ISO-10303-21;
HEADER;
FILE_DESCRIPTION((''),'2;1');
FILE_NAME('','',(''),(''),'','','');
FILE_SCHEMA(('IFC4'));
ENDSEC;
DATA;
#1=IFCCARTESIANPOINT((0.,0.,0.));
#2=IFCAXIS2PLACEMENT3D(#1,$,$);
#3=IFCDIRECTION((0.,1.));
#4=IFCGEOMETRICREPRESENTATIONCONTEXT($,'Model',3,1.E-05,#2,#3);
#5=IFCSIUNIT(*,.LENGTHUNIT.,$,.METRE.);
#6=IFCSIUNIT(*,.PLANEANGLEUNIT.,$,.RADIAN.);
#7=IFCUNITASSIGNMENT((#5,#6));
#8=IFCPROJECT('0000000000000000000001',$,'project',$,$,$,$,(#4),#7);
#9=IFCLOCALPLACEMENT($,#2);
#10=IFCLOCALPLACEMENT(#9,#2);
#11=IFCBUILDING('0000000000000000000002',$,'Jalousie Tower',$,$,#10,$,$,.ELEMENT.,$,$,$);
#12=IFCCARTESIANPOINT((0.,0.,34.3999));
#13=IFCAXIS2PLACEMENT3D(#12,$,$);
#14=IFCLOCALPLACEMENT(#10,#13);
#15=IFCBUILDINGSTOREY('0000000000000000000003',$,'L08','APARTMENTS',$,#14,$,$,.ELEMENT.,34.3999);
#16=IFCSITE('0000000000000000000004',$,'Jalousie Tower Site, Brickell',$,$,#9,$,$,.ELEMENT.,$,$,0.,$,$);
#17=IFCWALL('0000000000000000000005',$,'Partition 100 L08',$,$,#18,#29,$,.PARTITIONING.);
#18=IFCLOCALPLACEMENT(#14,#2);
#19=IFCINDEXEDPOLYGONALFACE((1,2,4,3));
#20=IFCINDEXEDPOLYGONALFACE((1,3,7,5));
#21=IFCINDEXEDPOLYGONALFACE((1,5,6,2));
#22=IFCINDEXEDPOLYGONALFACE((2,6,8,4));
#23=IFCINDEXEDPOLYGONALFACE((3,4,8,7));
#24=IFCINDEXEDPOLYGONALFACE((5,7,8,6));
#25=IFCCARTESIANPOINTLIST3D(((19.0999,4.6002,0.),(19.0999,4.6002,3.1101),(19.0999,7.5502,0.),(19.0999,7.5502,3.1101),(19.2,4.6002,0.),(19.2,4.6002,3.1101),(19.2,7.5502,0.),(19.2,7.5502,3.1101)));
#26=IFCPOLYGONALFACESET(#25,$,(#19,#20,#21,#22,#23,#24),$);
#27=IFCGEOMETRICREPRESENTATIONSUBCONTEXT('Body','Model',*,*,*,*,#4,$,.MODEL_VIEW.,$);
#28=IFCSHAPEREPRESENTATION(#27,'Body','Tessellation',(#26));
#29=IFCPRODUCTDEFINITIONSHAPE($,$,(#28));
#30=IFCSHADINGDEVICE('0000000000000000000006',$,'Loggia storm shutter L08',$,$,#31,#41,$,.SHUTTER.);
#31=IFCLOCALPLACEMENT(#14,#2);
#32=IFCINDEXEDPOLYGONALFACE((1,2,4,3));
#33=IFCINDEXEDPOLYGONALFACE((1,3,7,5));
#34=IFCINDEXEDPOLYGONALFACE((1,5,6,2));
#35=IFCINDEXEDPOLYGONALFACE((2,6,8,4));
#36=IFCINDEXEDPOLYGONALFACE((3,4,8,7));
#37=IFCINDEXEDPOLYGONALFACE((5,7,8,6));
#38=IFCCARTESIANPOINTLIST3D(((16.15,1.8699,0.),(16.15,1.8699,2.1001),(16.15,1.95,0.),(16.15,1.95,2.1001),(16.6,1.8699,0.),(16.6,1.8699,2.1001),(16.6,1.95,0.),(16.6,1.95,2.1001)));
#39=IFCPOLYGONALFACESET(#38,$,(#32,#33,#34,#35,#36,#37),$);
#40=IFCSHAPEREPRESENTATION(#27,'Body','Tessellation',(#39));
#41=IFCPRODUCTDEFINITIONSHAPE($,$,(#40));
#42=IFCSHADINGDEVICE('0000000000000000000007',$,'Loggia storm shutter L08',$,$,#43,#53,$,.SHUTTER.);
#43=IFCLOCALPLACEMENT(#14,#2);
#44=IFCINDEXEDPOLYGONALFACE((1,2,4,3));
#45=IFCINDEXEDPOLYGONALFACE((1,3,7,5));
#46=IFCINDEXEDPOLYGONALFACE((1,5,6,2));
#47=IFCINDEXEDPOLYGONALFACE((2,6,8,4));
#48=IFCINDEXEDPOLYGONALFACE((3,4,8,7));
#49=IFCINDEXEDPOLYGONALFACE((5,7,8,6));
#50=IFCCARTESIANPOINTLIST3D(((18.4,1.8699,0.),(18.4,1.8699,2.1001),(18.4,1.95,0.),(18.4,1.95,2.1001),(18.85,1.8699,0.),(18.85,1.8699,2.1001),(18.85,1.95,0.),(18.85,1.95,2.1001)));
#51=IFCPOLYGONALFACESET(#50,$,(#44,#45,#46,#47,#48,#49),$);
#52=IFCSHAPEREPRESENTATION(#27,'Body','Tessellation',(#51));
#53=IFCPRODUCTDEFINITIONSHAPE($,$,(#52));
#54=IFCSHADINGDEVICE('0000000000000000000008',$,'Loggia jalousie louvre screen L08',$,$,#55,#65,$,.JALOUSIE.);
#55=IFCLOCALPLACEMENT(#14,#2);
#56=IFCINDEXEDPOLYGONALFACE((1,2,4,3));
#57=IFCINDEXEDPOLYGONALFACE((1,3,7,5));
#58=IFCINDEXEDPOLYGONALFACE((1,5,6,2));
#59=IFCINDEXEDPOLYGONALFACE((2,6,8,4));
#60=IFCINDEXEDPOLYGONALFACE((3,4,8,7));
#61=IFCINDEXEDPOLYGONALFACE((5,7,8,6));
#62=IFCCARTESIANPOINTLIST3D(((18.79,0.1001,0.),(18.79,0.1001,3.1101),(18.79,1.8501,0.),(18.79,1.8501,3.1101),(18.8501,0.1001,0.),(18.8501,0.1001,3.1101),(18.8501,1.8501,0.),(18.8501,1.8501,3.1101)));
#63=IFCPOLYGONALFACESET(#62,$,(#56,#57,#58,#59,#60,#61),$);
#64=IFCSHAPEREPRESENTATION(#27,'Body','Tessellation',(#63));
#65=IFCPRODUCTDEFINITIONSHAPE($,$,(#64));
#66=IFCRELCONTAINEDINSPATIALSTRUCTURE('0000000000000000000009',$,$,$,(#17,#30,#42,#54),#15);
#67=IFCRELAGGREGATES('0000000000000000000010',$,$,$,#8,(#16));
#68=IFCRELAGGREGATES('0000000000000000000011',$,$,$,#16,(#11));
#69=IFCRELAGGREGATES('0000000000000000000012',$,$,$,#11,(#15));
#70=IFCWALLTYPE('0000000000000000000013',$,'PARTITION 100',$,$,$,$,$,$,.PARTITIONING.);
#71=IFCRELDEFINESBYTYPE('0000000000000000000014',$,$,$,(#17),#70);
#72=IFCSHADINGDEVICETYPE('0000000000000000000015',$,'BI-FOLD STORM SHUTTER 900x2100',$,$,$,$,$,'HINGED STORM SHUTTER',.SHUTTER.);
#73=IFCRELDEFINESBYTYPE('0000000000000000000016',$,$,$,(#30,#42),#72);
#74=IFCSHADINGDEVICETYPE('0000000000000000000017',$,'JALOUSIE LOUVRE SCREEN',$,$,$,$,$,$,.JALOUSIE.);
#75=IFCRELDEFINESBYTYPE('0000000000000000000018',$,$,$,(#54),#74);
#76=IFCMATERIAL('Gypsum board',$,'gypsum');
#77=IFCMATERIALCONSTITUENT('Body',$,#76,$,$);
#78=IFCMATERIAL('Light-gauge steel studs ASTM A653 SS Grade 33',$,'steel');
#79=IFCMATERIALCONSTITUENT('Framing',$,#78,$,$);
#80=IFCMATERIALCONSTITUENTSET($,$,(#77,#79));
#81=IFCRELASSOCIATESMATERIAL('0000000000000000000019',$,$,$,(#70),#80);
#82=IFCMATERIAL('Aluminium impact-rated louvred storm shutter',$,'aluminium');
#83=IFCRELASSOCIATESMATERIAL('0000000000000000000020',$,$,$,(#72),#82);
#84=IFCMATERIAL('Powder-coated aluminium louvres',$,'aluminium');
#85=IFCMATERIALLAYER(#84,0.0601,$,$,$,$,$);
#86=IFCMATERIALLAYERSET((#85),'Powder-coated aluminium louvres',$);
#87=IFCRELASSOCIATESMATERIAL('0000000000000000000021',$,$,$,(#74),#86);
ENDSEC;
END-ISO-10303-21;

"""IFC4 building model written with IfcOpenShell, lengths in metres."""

from ifc_helpers import new_model, si_unit, direction, frame, frame_2d, origin, origin_2d, place, context, subcontext, project, spatial, rectangle, extrude, material, layer, layer_set, constituent, constituent_set, type_object, element, save


model = new_model("IFC4")

# Units and contexts
model_context = context("Model", 3, precision=1e-05, world=origin(), true_north=direction((0.0, 1.0)))
body_context = subcontext(model_context, "Body", "Model", "MODEL_VIEW")
ifc_project = project(units=[si_unit("LENGTHUNIT", "METRE"), si_unit("PLANEANGLEUNIT", "RADIAN")], contexts=[model_context])

# Site, building, storey
site_placement = place(None, origin())
site = spatial("IfcSite", under=ifc_project, at=site_placement, Name="Jalousie Tower Site, Brickell", CompositionType="ELEMENT", RefElevation=0.0)
building_placement = place(site_placement, origin())
building = spatial("IfcBuilding", under=site, at=building_placement, Name="Jalousie Tower", CompositionType="ELEMENT")
storey_placement = place(building_placement, frame((0.0, 0.0, 34.3999)))
storey = spatial("IfcBuildingStorey", under=building, at=storey_placement, Name="L08", Description="APARTMENTS", CompositionType="ELEMENT", Elevation=34.3999)

# Shared definitions
ifc_material_1 = material(Name="Gypsum board", Category="gypsum")
ifc_constituent_1 = constituent(ifc_material_1, Name="Body")
ifc_material_2 = material(Name="Light-gauge steel studs ASTM A653 SS Grade 33", Category="steel")
ifc_constituent_2 = constituent(ifc_material_2, Name="Framing")
ifc_constituent_set_1 = constituent_set(constituents=[ifc_constituent_1, ifc_constituent_2])
wall_type_1 = type_object("IfcWallType", Name="PARTITION 100", PredefinedType="PARTITIONING", material=ifc_constituent_set_1)

# Wall
wall_1_placement = place(storey_placement, frame((19.1499, 4.6001, 0.0), z_axis=(0.0, 0.0, 1.0), x_axis=(0.0, 1.0, 0.0)))
element("IfcWall", 1, at=wall_1_placement, inside=storey, type_object=wall_type_1, Name="Partition 100 L08", PredefinedType="PARTITIONING", context=body_context, shape_type="SweptSolid", body=[
    extrude(rectangle(XDim=2.95, YDim=0.1001, at=frame_2d((1.4751, 0.0))), origin(), (0.0, 0.0, 1.0), 3.1101),
])

# Shading devices
ifc_material_3 = material(Name="Aluminium impact-rated louvred storm shutter", Category="aluminium")
shading_device_type_1 = type_object("IfcShadingDeviceType", Name="BI-FOLD STORM SHUTTER 900x2100", ElementType="HINGED STORM SHUTTER", PredefinedType="SHUTTER", material=ifc_material_3)
for number, where, z_axis, x_axis, name in (
    (2, (16.375, 1.9099, 0.0), (0.0, 0.0, 1.0), (1.0, 0.0, 0.0), "Loggia storm shutter L08"),
    (3, (18.625, 1.9099, 0.0), (0.0, 0.0, 1.0), (1.0, 0.0, 0.0), "Loggia storm shutter L08"),
):
    element("IfcShadingDevice", number, at=place(storey_placement, frame(where, z_axis=z_axis, x_axis=x_axis)), inside=storey, type_object=shading_device_type_1, Name=name, PredefinedType="SHUTTER", context=body_context, shape_type="SweptSolid", body=[
        extrude(rectangle(XDim=0.45, YDim=0.0801, at=origin_2d()), origin(), (0.0, 0.0, 1.0), 2.1001),
    ])
ifc_material_4 = material(Name="Powder-coated aluminium louvres", Category="aluminium")
ifc_layer_1 = layer(ifc_material_4, 0.0601)
ifc_layer_set_1 = layer_set([ifc_layer_1], Name="Powder-coated aluminium louvres")
shading_device_type_2 = type_object("IfcShadingDeviceType", Name="JALOUSIE LOUVRE SCREEN", PredefinedType="JALOUSIE", material=ifc_layer_set_1)
shading_device_placement = place(storey_placement, frame((18.8201, 0.9751, 0.0), z_axis=(0.0, 0.0, 1.0), x_axis=(1.0, 0.0, 0.0)))
element("IfcShadingDevice", 4, at=shading_device_placement, inside=storey, type_object=shading_device_type_2, Name="Loggia jalousie louvre screen L08", PredefinedType="JALOUSIE", context=body_context, shape_type="SweptSolid", body=[
    extrude(rectangle(XDim=0.0601, YDim=1.75, at=origin_2d()), origin(), (0.0, 0.0, 1.0), 3.1101),
])

save(model, "model.ifc")
